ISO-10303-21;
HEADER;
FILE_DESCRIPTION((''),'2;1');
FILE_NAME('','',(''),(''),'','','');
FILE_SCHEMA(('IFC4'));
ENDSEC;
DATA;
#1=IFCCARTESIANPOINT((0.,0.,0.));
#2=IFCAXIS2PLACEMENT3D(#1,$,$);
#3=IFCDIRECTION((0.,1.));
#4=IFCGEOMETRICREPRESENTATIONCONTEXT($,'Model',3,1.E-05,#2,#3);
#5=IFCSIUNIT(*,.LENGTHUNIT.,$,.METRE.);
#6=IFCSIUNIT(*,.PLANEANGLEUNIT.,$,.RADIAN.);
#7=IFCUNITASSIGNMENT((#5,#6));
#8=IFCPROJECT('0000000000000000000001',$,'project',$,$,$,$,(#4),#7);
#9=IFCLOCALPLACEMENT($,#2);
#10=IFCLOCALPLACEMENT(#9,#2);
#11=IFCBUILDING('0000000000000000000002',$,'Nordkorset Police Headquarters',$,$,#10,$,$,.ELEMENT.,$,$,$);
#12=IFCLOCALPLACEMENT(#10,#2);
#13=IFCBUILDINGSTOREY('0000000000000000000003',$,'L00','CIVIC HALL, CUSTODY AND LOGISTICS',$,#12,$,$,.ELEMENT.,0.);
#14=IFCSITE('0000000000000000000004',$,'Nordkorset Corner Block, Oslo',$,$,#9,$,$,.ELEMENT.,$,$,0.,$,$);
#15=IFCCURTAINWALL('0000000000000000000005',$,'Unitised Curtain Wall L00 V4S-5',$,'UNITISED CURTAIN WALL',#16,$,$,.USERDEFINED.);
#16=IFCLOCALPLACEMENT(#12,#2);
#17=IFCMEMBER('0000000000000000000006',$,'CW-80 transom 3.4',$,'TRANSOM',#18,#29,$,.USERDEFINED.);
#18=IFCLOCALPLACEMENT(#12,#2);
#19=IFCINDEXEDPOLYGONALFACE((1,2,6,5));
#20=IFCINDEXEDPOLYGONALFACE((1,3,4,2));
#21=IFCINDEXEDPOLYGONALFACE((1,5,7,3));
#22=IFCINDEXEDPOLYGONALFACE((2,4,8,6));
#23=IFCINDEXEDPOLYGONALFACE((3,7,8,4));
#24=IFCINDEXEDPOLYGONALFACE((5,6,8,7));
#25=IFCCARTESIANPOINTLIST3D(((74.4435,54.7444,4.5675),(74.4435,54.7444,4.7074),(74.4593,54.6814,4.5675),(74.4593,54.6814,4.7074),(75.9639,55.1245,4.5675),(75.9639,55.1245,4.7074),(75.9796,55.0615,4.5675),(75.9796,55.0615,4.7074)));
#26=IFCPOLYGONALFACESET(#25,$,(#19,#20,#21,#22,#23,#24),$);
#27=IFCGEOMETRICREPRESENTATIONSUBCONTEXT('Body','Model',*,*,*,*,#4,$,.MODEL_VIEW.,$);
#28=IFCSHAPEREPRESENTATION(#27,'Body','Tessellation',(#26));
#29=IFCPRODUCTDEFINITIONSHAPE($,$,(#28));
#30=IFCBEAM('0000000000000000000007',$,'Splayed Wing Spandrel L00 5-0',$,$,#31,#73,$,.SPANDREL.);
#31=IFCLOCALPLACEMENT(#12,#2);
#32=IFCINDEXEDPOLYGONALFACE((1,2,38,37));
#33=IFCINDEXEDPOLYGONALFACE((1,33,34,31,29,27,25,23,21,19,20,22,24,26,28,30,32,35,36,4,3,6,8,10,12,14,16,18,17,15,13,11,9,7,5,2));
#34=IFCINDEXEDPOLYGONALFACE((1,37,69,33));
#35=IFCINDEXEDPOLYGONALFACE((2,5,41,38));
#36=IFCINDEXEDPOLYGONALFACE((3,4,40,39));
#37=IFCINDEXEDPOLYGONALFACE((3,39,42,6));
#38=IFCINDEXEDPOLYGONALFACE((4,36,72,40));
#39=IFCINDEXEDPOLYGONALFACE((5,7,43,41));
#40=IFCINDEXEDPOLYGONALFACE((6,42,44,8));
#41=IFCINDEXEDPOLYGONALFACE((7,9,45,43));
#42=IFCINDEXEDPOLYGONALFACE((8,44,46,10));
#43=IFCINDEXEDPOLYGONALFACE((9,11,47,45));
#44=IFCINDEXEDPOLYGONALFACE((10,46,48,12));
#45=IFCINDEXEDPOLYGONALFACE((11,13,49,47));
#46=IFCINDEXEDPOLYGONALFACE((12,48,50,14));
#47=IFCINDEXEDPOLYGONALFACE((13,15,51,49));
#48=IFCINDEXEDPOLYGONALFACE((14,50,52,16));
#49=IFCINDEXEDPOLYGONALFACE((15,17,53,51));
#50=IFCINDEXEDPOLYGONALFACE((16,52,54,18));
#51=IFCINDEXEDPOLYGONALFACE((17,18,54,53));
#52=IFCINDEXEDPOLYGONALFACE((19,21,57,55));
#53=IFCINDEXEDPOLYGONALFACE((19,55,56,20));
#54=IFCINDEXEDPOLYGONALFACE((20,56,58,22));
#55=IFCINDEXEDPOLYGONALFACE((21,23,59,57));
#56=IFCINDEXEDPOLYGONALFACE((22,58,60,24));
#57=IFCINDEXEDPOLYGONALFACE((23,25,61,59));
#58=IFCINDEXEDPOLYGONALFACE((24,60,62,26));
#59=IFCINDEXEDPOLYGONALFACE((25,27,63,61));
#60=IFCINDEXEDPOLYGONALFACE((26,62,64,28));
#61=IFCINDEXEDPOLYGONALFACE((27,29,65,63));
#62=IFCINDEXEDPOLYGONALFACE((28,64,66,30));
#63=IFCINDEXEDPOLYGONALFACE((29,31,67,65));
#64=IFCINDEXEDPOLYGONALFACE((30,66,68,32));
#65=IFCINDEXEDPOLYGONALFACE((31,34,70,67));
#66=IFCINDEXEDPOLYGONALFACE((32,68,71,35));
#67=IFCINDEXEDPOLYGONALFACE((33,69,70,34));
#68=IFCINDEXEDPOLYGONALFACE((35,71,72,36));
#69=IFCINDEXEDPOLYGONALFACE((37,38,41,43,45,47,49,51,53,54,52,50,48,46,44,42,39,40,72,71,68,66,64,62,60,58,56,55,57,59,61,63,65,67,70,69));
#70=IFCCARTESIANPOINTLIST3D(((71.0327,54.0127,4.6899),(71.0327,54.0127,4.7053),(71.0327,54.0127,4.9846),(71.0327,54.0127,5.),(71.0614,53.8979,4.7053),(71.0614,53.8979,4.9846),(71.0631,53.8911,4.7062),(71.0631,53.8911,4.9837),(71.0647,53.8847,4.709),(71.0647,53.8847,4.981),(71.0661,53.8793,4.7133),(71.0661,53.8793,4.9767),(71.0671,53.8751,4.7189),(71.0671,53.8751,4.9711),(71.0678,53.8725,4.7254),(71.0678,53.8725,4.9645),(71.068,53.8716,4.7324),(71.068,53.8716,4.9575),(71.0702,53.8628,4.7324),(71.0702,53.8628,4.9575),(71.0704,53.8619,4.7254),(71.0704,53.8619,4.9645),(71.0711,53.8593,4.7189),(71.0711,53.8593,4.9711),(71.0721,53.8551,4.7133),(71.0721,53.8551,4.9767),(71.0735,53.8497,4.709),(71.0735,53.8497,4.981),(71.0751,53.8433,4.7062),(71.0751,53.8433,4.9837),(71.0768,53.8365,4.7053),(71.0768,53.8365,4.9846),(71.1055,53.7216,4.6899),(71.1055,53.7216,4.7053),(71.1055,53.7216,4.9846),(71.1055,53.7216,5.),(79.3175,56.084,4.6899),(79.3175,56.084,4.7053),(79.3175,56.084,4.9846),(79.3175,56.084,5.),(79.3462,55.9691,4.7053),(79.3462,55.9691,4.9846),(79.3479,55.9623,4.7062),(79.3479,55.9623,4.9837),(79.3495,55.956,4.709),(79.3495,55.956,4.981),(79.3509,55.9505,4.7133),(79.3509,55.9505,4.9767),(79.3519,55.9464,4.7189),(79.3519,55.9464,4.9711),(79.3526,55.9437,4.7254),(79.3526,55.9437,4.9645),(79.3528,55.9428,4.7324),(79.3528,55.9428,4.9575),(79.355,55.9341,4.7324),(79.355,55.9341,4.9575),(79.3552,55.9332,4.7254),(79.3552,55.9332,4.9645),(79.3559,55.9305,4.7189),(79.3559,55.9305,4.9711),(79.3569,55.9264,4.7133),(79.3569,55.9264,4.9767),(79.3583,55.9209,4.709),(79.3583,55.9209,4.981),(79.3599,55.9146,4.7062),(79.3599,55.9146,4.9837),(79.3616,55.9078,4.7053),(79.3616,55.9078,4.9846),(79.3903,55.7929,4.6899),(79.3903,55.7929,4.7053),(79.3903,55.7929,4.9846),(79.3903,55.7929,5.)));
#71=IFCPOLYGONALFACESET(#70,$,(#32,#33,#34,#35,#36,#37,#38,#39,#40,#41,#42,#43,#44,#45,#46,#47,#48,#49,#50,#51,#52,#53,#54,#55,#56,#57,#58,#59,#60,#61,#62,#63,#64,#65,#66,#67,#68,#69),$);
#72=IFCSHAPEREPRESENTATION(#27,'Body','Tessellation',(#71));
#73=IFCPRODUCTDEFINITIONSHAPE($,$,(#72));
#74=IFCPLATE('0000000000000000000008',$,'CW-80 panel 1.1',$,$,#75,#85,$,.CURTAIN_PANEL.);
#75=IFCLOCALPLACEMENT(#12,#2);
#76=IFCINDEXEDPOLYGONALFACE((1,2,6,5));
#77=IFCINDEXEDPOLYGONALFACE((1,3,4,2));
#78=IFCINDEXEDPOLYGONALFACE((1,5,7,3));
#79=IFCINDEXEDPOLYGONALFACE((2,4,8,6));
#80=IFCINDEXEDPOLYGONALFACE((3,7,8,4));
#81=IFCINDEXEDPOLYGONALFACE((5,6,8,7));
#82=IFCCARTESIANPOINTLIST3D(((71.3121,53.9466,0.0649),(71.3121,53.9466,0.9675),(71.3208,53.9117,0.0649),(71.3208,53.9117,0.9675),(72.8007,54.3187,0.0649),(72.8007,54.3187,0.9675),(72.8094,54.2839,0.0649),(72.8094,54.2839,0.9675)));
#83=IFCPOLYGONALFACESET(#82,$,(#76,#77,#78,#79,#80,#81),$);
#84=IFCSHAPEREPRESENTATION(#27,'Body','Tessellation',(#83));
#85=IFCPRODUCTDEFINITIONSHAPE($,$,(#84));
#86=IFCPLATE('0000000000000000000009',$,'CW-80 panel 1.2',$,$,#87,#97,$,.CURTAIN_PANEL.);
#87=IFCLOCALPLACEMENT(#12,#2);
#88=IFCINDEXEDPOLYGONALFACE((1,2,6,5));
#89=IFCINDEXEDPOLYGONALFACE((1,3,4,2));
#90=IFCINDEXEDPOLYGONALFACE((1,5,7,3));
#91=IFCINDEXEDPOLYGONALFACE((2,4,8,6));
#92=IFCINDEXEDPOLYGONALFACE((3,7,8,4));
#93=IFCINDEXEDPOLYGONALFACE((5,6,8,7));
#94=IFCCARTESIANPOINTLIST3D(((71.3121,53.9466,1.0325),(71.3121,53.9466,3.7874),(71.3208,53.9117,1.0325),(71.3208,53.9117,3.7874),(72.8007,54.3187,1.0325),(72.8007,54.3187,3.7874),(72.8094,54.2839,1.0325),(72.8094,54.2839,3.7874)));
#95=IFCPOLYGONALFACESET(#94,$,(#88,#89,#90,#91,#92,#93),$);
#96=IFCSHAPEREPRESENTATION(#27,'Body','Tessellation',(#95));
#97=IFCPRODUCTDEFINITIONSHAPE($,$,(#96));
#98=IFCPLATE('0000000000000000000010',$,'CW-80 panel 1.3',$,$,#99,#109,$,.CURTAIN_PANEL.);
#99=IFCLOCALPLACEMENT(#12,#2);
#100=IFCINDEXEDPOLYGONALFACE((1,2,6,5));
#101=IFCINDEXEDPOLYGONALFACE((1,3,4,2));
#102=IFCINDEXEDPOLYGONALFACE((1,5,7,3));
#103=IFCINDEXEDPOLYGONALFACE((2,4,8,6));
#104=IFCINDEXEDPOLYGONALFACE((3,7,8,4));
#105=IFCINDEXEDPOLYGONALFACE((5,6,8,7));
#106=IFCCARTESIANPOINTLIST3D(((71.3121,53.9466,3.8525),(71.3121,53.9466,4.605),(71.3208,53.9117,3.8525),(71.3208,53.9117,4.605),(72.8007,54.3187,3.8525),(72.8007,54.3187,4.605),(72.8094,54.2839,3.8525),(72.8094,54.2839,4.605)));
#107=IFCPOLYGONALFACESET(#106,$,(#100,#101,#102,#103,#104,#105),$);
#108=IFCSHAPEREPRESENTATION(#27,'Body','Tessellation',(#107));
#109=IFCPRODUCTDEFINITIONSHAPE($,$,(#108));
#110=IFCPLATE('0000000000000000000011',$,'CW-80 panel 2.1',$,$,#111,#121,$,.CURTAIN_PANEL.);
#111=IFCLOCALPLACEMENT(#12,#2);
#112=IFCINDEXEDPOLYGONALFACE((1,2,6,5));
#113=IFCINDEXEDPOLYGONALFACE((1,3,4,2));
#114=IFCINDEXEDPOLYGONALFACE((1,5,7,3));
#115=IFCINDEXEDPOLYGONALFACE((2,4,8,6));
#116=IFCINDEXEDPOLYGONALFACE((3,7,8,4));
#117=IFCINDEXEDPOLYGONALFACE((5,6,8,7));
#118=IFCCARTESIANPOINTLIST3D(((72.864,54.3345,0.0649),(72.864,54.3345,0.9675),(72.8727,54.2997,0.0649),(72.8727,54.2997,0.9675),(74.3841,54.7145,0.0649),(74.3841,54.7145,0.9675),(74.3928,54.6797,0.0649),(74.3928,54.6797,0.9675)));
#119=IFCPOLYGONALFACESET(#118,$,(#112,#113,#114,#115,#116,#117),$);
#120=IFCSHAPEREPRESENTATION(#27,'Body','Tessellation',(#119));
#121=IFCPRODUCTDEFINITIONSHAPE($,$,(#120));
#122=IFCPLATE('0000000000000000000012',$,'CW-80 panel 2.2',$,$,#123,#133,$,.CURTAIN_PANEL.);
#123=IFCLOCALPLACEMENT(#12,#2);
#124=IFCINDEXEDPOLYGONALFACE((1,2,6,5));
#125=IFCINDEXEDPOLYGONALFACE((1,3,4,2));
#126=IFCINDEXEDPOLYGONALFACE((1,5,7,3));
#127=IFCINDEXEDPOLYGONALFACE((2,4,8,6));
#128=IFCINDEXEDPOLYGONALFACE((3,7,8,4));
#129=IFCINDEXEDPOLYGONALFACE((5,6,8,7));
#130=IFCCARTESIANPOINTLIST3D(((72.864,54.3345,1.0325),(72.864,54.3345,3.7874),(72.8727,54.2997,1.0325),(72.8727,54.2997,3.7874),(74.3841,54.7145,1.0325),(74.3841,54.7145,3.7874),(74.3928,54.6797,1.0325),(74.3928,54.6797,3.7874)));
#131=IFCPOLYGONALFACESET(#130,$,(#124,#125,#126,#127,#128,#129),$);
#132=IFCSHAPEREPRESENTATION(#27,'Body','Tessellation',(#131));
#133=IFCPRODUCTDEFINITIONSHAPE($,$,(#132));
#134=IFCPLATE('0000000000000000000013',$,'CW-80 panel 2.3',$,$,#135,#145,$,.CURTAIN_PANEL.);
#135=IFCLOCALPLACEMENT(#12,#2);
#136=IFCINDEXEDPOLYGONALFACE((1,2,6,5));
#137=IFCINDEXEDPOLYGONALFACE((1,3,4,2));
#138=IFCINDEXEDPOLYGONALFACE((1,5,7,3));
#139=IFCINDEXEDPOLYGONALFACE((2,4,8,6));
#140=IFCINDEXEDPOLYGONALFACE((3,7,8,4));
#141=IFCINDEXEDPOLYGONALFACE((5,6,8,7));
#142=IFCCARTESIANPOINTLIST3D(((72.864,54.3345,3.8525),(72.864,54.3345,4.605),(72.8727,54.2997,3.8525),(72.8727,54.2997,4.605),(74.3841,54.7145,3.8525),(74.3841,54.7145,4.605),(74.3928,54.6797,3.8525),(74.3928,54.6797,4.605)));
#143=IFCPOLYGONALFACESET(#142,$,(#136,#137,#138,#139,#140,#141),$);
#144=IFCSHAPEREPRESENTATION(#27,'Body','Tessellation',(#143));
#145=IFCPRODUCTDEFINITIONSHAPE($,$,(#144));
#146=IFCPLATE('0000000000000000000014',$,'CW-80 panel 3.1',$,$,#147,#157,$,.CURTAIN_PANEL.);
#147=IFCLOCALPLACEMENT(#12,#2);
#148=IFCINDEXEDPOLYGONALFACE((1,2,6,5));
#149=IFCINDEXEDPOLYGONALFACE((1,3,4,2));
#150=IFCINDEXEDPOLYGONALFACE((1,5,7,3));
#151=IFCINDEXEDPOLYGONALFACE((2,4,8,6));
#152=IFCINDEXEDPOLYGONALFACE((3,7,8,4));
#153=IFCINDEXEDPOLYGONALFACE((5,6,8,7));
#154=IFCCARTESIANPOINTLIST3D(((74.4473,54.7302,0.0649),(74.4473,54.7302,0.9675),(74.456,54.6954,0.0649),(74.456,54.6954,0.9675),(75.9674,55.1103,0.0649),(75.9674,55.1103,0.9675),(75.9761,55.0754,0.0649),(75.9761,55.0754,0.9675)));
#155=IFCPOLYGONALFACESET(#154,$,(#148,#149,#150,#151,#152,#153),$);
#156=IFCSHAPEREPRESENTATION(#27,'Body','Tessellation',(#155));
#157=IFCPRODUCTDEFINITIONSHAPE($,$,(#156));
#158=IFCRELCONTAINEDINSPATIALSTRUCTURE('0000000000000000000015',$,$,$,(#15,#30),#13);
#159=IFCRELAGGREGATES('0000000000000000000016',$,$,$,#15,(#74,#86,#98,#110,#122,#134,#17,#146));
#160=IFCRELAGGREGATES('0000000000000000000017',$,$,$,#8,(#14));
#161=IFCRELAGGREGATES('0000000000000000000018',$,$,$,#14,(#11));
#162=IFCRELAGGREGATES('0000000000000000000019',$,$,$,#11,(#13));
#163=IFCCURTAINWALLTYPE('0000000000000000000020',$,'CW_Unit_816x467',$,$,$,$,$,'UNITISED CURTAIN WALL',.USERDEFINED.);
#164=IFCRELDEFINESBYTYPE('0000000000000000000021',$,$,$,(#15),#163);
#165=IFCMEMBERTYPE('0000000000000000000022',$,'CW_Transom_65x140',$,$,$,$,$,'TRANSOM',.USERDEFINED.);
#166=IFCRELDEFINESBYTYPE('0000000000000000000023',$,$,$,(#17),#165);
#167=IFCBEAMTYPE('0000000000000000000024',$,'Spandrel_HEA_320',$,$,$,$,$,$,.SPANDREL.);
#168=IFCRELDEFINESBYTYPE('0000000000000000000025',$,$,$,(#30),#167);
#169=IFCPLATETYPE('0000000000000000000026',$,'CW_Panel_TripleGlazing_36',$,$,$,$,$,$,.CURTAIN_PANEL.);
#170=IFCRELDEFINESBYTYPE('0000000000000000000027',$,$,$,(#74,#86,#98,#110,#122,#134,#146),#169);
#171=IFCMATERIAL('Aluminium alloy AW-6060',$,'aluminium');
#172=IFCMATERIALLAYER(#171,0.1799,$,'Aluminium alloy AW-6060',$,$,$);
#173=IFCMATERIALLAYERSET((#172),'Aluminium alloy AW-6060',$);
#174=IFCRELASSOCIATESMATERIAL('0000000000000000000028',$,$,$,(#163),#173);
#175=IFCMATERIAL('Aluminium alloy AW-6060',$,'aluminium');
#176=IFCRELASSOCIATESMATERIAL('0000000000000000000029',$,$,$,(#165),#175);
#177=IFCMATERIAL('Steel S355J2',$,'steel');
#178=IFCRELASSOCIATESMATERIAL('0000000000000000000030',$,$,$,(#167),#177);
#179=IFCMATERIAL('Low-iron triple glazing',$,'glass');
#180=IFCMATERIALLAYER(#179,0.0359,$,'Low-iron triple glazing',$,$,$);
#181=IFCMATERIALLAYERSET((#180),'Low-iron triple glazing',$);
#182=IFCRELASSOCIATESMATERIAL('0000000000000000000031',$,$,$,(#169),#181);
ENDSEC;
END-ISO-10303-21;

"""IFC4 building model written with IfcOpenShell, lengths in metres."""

from ifc_helpers import new_model, si_unit, direction, frame, origin, origin_2d, place, context, subcontext, project, spatial, rectangle, i_section, extrude, material, layer, layer_set, material_profile, profile_set, type_object, element, aggregate, save


model = new_model("IFC4")

# Units and contexts
model_context = context("Model", 3, precision=1e-05, world=origin(), true_north=direction((0.0, 1.0)))
body_context = subcontext(model_context, "Body", "Model", "MODEL_VIEW")
ifc_project = project(units=[si_unit("LENGTHUNIT", "METRE"), si_unit("PLANEANGLEUNIT", "RADIAN")], contexts=[model_context])

# Site, building, storey
site_placement = place(None, origin())
site = spatial("IfcSite", under=ifc_project, at=site_placement, Name="Nordkorset Corner Block, Oslo", CompositionType="ELEMENT", RefElevation=0.0)
building_placement = place(site_placement, origin())
building = spatial("IfcBuilding", under=site, at=building_placement, Name="Nordkorset Police Headquarters", CompositionType="ELEMENT")
storey_placement = place(building_placement, origin())
storey = spatial("IfcBuildingStorey", under=building, at=storey_placement, Name="L00", Description="CIVIC HALL, CUSTODY AND LOGISTICS", CompositionType="ELEMENT", Elevation=0.0)

# Curtain wall, member
ifc_material_1 = material(Name="Aluminium alloy AW-6060", Category="aluminium")
ifc_layer_1 = layer(ifc_material_1, 0.1799, Name="Aluminium alloy AW-6060")
ifc_layer_set_1 = layer_set([ifc_layer_1], Name="Aluminium alloy AW-6060")
curtain_wall_type = type_object("IfcCurtainWallType", Name="CW_Unit_816x467", ElementType="UNITISED CURTAIN WALL", PredefinedType="USERDEFINED", material=ifc_layer_set_1)
curtain_wall_placement = place(storey_placement, origin())
curtain_wall = element("IfcCurtainWall", 1, at=curtain_wall_placement, inside=storey, type_object=curtain_wall_type, Name="Unitised Curtain Wall L00 V4S-5", ObjectType="UNITISED CURTAIN WALL", PredefinedType="USERDEFINED")
ifc_material_2 = material(Name="Aluminium alloy AW-6060", Category="aluminium")
ifc_material_profile_1 = material_profile(ifc_material_2, rectangle(XDim=0.0649, YDim=0.1399, at=origin_2d()), Name="ALU TRAN 65x140")
ifc_profile_set_1 = profile_set([ifc_material_profile_1], Name="Aluminium alloy AW-6060")
member_type_1 = type_object("IfcMemberType", Name="CW_Transom_65x140", ElementType="TRANSOM", PredefinedType="USERDEFINED", material=ifc_profile_set_1)
member_1_placement = place(storey_placement, frame((74.4514, 54.7129, 4.6375), z_axis=(0.970133, 0.242572, 0.0), x_axis=(-0.242572, 0.970133, 0.0)))
member_1 = element("IfcMember", 2, at=member_1_placement, type_object=member_type_1, Name="CW-80 transom 3.4", ObjectType="TRANSOM", PredefinedType="USERDEFINED", context=body_context, shape_type="SweptSolid", body=[
    extrude(rectangle(XDim=0.0649, YDim=0.1399, at=origin_2d()), origin(), (0.0, 0.0, 1.0), 1.5671),
])

# Beam
ifc_material_3 = material(Name="Steel S355J2", Category="steel")
ifc_material_profile_2 = material_profile(ifc_material_3, i_section(OverallWidth=0.3, OverallDepth=0.3101, WebThickness=0.009, FlangeThickness=0.0154, FilletRadius=0.0271, at=origin_2d()), Name="HEA 320")
ifc_profile_set_2 = profile_set([ifc_material_profile_2], Name="Steel S355J2")
beam_type = type_object("IfcBeamType", Name="Spandrel_HEA_320", PredefinedType="SPANDREL", material=ifc_profile_set_2)
beam_placement = place(storey_placement, frame((71.0691, 53.8672, 4.845), z_axis=(0.970141, 0.242542, 0.0), x_axis=(-0.242542, 0.970141, 0.0)))
element("IfcBeam", 3, at=beam_placement, inside=storey, type_object=beam_type, Name="Splayed Wing Spandrel L00 5-0", PredefinedType="SPANDREL", context=body_context, shape_type="SweptSolid", body=[
    extrude(i_section(OverallWidth=0.3, OverallDepth=0.3101, WebThickness=0.009, FlangeThickness=0.0154, FilletRadius=0.0271, at=origin_2d()), origin(), (0.0, 0.0, 1.0), 8.5398),
])

# Plates
ifc_material_4 = material(Name="Low-iron triple glazing", Category="glass")
ifc_layer_2 = layer(ifc_material_4, 0.0359, Name="Low-iron triple glazing")
ifc_layer_set_2 = layer_set([ifc_layer_2], Name="Low-iron triple glazing")
plate_type = type_object("IfcPlateType", Name="CW_Panel_TripleGlazing_36", PredefinedType="CURTAIN_PANEL", material=ifc_layer_set_2)
plate_1_placement = place(storey_placement, frame((72.0608, 54.1152, 0.0649), z_axis=(0.0, 0.0, 1.0), x_axis=(0.970143, 0.242536, 0.0)))
plate_1 = element("IfcPlate", 4, at=plate_1_placement, type_object=plate_type, Name="CW-80 panel 1.1", PredefinedType="CURTAIN_PANEL", context=body_context, shape_type="SweptSolid", body=[
    extrude(rectangle(XDim=1.5344, YDim=0.0359, at=origin_2d()), origin(), (0.0, 0.0, 1.0), 0.9026),
])
plate_2_placement = place(storey_placement, frame((72.0608, 54.1152, 1.0325), z_axis=(0.0, 0.0, 1.0), x_axis=(0.970143, 0.242536, 0.0)))
plate_2 = element("IfcPlate", 5, at=plate_2_placement, type_object=plate_type, Name="CW-80 panel 1.2", PredefinedType="CURTAIN_PANEL", context=body_context, shape_type="SweptSolid", body=[
    extrude(rectangle(XDim=1.5344, YDim=0.0359, at=origin_2d()), origin(), (0.0, 0.0, 1.0), 2.7549),
])
plate_3_placement = place(storey_placement, frame((72.0608, 54.1152, 3.8525), z_axis=(0.0, 0.0, 1.0), x_axis=(0.970143, 0.242536, 0.0)))
plate_3 = element("IfcPlate", 6, at=plate_3_placement, type_object=plate_type, Name="CW-80 panel 1.3", PredefinedType="CURTAIN_PANEL", context=body_context, shape_type="SweptSolid", body=[
    extrude(rectangle(XDim=1.5344, YDim=0.0359, at=origin_2d()), origin(), (0.0, 0.0, 1.0), 0.7524),
])
plate_4_placement = place(storey_placement, frame((73.6284, 54.5071, 0.0649), z_axis=(0.0, 0.0, 1.0), x_axis=(0.970143, 0.242536, 0.0)))
plate_4 = element("IfcPlate", 7, at=plate_4_placement, type_object=plate_type, Name="CW-80 panel 2.1", PredefinedType="CURTAIN_PANEL", context=body_context, shape_type="SweptSolid", body=[
    extrude(rectangle(XDim=1.5669, YDim=0.0359, at=origin_2d()), origin(), (0.0, 0.0, 1.0), 0.9026),
])
plate_5_placement = place(storey_placement, frame((73.6284, 54.5071, 1.0325), z_axis=(0.0, 0.0, 1.0), x_axis=(0.970143, 0.242536, 0.0)))
plate_5 = element("IfcPlate", 8, at=plate_5_placement, type_object=plate_type, Name="CW-80 panel 2.2", PredefinedType="CURTAIN_PANEL", context=body_context, shape_type="SweptSolid", body=[
    extrude(rectangle(XDim=1.5669, YDim=0.0359, at=origin_2d()), origin(), (0.0, 0.0, 1.0), 2.7549),
])
plate_6_placement = place(storey_placement, frame((73.6284, 54.5071, 3.8525), z_axis=(0.0, 0.0, 1.0), x_axis=(0.970143, 0.242536, 0.0)))
plate_6 = element("IfcPlate", 9, at=plate_6_placement, type_object=plate_type, Name="CW-80 panel 2.3", PredefinedType="CURTAIN_PANEL", context=body_context, shape_type="SweptSolid", body=[
    extrude(rectangle(XDim=1.5669, YDim=0.0359, at=origin_2d()), origin(), (0.0, 0.0, 1.0), 0.7524),
])
plate_7_placement = place(storey_placement, frame((75.2117, 54.9028, 0.0649), z_axis=(0.0, 0.0, 1.0), x_axis=(0.970143, 0.242536, 0.0)))
plate_7 = element("IfcPlate", 10, at=plate_7_placement, type_object=plate_type, Name="CW-80 panel 3.1", PredefinedType="CURTAIN_PANEL", context=body_context, shape_type="SweptSolid", body=[
    extrude(rectangle(XDim=1.5669, YDim=0.0359, at=origin_2d()), origin(), (0.0, 0.0, 1.0), 0.9026),
])
aggregate(curtain_wall, [plate_1, plate_2, plate_3, plate_4, plate_5, plate_6, member_1, plate_7])

save(model, "model.ifc")
